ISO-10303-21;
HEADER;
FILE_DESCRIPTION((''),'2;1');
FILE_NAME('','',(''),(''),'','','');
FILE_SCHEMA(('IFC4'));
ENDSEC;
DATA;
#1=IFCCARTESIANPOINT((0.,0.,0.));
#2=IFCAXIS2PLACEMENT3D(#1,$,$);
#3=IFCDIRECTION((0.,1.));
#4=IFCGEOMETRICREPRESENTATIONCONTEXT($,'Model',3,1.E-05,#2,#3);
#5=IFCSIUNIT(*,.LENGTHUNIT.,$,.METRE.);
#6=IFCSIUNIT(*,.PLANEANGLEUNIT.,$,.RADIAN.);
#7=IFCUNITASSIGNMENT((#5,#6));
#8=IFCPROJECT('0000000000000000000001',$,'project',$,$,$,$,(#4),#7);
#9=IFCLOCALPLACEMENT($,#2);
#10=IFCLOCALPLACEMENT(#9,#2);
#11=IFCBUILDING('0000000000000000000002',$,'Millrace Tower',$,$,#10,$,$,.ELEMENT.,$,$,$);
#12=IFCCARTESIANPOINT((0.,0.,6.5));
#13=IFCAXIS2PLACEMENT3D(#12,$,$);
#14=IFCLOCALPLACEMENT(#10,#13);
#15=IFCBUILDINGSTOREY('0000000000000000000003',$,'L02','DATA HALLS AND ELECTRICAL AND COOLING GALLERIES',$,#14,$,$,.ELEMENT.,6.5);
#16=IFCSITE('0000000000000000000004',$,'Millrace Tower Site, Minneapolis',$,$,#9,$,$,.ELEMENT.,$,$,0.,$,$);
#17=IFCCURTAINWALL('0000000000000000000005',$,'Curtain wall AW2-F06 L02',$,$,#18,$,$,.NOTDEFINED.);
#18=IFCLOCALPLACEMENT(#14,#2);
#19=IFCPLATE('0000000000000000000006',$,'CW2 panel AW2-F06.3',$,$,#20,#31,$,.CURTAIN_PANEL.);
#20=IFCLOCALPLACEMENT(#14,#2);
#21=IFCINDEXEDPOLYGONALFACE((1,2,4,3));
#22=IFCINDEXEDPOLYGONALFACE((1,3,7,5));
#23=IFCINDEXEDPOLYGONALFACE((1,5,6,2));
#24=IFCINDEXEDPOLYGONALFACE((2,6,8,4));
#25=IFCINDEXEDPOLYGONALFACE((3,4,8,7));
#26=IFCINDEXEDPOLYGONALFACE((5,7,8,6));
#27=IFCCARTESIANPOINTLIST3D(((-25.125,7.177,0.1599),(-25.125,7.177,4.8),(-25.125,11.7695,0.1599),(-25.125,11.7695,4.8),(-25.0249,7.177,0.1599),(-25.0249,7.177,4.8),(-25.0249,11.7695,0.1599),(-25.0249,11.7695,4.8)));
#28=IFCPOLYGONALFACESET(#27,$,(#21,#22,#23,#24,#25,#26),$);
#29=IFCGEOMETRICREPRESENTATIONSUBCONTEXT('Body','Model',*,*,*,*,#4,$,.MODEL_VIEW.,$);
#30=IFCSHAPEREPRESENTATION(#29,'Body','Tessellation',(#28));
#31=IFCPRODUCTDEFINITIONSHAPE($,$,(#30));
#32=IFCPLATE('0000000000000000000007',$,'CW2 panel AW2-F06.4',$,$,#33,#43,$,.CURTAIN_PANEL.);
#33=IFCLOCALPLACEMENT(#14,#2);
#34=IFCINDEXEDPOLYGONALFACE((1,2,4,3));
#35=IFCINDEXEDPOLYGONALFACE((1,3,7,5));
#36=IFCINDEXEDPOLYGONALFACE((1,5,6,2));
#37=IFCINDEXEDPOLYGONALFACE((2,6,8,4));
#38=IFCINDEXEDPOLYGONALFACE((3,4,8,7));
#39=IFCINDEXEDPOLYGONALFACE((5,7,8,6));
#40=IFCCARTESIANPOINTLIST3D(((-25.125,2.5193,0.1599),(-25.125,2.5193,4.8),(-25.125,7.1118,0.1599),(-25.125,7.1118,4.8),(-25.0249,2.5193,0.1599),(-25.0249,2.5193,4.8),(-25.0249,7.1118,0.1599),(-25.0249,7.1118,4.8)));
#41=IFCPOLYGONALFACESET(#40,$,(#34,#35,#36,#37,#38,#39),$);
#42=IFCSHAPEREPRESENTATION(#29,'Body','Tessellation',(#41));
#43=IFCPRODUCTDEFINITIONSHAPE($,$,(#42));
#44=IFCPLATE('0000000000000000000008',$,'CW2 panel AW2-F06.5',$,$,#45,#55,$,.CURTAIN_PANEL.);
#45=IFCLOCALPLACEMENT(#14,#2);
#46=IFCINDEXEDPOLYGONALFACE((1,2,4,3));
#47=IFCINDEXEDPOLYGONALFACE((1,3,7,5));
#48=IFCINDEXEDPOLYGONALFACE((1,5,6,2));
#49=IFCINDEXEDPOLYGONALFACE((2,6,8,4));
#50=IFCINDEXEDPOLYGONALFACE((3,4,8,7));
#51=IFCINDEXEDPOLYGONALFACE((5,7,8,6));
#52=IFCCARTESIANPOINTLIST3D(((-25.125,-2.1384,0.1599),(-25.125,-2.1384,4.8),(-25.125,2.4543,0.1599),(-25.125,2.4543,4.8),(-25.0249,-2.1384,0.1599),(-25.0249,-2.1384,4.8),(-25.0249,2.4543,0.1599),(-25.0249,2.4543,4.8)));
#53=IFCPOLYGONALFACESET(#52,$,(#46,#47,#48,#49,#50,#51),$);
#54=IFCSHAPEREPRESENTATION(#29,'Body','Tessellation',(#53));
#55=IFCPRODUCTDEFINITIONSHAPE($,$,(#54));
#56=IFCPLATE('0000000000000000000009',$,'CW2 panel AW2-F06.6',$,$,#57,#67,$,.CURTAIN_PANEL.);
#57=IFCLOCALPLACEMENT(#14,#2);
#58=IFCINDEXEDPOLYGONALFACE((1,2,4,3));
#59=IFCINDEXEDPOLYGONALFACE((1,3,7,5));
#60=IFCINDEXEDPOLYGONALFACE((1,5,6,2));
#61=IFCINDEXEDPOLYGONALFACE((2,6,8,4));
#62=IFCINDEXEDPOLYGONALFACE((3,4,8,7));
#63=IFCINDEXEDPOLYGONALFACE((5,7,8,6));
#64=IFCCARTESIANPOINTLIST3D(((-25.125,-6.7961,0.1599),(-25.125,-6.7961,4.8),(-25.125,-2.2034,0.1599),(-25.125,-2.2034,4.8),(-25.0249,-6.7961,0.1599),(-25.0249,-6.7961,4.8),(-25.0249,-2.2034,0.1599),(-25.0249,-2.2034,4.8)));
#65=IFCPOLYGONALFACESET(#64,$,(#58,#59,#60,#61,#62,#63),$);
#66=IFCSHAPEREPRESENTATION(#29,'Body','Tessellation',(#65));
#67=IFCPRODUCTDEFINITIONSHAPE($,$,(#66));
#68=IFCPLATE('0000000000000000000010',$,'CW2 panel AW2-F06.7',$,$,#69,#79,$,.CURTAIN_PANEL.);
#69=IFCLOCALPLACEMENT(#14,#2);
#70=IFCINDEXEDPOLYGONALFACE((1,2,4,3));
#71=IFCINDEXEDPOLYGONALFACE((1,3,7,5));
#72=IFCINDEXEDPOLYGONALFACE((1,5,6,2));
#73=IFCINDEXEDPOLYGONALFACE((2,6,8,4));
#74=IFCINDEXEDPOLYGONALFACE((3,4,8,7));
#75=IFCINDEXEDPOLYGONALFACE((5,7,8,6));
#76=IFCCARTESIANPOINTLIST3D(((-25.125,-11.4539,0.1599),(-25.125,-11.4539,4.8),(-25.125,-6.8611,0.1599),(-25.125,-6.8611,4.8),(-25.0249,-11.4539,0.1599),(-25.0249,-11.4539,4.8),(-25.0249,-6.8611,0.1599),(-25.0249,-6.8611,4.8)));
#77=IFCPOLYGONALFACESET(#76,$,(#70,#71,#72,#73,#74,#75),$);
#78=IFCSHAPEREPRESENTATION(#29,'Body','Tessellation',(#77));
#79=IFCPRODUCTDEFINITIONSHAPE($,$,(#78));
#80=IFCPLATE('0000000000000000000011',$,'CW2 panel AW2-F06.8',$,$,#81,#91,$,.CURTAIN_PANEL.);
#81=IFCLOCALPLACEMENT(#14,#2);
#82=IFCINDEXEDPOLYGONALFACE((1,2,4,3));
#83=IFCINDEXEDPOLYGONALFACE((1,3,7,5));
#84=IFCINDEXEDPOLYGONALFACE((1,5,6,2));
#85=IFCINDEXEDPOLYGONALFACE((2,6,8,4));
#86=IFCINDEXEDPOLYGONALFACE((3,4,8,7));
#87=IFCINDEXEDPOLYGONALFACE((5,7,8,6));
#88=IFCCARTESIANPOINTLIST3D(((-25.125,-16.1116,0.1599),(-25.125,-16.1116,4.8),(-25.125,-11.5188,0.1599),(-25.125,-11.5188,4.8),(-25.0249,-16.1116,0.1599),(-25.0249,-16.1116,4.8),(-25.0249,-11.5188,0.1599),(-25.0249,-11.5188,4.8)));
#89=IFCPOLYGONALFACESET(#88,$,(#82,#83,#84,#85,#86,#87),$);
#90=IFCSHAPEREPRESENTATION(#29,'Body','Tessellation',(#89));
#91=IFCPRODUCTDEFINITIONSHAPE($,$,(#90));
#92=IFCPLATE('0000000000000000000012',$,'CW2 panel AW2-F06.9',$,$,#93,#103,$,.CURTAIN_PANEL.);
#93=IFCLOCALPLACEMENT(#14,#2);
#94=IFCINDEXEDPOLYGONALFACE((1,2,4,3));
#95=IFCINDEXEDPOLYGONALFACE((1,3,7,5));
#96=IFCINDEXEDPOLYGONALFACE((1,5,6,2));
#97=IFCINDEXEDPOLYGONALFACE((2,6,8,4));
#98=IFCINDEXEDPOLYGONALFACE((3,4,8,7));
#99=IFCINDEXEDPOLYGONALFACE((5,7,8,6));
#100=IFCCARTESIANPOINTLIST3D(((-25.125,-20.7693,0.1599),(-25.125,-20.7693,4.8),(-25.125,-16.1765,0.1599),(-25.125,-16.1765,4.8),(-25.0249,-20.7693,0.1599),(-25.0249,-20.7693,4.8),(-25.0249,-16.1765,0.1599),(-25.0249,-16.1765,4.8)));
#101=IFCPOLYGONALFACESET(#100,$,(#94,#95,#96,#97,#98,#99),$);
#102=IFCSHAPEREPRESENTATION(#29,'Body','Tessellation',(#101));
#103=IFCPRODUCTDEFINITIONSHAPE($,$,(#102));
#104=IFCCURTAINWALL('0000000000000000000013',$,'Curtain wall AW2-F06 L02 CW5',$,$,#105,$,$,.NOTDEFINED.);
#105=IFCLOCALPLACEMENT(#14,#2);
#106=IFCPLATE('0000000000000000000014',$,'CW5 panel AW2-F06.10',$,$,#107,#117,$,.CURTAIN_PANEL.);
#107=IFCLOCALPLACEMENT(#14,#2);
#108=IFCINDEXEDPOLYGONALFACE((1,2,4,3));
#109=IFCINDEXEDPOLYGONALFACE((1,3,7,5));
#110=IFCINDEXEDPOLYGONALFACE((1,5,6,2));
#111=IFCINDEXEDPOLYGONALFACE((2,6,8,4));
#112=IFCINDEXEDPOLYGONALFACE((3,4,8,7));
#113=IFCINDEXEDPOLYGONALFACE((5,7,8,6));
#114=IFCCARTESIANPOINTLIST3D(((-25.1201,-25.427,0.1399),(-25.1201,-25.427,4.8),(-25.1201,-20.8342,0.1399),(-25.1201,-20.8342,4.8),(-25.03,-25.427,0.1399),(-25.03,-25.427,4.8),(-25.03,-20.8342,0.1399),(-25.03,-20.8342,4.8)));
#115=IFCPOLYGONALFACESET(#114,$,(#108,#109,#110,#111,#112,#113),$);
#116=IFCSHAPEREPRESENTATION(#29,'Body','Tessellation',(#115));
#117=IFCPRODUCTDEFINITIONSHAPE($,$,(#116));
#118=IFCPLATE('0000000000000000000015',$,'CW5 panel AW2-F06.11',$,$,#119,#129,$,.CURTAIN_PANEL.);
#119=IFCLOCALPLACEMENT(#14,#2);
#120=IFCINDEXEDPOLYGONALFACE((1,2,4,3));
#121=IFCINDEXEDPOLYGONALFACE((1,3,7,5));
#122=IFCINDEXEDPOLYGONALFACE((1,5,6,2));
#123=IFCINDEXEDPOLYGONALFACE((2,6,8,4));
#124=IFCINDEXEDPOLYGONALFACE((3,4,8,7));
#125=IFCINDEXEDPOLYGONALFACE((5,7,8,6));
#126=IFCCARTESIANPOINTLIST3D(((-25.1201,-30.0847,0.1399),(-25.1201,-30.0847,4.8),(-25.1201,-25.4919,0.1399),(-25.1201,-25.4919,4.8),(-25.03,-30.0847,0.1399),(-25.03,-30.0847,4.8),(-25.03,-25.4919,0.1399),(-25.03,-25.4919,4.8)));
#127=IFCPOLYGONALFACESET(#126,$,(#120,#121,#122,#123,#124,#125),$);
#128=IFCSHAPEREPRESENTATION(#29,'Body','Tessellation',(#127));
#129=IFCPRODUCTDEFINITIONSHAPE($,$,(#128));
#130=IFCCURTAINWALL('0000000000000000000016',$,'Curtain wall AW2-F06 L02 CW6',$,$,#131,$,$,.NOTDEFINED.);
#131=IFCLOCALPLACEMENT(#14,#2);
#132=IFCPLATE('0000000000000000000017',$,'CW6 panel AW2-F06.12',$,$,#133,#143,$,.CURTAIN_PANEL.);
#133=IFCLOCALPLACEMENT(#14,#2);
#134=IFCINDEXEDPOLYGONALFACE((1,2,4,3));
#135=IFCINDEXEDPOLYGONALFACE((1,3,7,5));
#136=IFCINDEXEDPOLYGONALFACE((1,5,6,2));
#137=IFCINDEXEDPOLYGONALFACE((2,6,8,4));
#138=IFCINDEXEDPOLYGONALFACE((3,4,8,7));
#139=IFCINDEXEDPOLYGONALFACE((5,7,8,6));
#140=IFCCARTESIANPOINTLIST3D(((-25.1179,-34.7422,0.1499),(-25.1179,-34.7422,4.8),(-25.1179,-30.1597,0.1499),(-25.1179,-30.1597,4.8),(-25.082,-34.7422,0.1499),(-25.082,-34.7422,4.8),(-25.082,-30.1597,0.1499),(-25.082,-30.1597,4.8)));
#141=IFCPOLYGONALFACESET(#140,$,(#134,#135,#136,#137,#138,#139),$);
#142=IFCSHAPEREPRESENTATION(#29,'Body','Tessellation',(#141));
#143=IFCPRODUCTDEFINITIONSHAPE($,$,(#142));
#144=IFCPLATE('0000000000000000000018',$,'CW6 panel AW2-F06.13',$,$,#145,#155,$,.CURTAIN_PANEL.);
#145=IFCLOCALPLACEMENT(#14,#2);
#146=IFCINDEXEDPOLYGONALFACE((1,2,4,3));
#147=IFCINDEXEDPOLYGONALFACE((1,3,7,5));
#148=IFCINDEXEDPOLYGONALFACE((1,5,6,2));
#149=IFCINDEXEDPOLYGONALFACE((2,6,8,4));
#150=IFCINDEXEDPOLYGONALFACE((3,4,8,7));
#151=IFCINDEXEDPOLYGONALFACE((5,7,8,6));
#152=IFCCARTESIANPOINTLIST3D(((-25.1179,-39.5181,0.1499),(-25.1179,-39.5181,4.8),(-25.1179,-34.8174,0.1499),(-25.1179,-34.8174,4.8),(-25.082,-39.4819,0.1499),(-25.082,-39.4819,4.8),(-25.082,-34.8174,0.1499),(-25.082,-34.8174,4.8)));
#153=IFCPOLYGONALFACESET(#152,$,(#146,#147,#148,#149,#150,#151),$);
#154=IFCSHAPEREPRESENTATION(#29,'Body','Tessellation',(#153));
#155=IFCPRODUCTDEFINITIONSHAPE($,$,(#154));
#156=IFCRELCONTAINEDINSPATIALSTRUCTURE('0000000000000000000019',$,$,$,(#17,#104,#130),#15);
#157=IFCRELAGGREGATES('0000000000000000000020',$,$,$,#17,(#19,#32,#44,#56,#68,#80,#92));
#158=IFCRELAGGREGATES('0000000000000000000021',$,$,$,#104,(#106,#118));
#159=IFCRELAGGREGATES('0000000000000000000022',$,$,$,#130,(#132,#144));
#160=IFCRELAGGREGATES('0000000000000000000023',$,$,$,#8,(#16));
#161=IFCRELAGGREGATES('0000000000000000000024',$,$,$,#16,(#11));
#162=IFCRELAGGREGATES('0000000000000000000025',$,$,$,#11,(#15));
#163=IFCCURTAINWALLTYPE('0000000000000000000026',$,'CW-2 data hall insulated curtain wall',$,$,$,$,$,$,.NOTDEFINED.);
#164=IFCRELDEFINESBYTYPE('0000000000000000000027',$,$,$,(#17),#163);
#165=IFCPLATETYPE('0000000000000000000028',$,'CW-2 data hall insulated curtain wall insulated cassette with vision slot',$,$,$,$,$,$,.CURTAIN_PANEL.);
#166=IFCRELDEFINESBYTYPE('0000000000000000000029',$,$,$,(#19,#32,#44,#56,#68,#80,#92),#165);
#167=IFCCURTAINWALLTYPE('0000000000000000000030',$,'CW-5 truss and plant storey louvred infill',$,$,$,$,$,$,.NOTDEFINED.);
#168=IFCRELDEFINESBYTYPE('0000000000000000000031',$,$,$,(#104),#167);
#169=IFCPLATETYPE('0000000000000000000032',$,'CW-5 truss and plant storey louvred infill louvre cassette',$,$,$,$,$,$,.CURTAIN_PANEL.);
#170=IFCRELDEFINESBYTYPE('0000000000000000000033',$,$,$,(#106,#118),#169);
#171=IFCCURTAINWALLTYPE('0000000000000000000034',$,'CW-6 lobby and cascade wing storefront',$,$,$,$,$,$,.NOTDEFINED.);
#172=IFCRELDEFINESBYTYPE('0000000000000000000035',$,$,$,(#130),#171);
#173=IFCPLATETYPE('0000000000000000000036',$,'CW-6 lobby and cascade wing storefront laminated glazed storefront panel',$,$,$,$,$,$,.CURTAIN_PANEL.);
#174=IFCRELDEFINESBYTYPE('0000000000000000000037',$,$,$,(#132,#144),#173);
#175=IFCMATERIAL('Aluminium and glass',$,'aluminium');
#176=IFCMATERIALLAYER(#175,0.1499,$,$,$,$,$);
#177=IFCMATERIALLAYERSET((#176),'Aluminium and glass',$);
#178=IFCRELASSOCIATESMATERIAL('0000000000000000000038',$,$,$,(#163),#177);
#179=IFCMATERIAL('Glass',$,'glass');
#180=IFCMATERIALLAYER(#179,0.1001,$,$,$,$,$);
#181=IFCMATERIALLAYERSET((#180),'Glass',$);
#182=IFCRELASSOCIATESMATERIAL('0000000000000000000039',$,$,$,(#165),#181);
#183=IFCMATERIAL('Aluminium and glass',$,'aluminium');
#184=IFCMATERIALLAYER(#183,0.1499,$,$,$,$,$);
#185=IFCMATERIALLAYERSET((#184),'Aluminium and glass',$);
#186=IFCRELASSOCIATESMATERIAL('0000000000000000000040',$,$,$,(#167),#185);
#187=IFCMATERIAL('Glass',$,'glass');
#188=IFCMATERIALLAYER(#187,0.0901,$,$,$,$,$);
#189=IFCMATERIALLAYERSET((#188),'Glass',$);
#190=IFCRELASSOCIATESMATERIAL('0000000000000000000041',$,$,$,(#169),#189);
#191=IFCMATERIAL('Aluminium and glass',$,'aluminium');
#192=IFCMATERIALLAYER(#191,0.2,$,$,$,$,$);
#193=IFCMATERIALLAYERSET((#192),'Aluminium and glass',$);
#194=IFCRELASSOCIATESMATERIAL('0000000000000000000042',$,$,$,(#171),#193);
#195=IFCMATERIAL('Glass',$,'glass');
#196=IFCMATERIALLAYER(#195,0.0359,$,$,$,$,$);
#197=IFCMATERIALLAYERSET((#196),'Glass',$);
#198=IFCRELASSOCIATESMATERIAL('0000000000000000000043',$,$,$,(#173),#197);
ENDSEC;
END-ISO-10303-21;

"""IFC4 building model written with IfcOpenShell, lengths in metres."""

from ifc_helpers import new_model, si_unit, direction, frame, origin, place, context, subcontext, project, spatial, polyline, outline, extrude, material, layer, layer_set, type_object, element, aggregate, save


model = new_model("IFC4")

# Units and contexts
model_context = context("Model", 3, precision=1e-05, world=origin(), true_north=direction((0.0, 1.0)))
body_context = subcontext(model_context, "Body", "Model", "MODEL_VIEW")
ifc_project = project(units=[si_unit("LENGTHUNIT", "METRE"), si_unit("PLANEANGLEUNIT", "RADIAN")], contexts=[model_context])

# Site, building, storey
site_placement = place(None, origin())
site = spatial("IfcSite", under=ifc_project, at=site_placement, Name="Millrace Tower Site, Minneapolis", CompositionType="ELEMENT", RefElevation=0.0)
building_placement = place(site_placement, origin())
building = spatial("IfcBuilding", under=site, at=building_placement, Name="Millrace Tower", CompositionType="ELEMENT")
storey_placement = place(building_placement, frame((0.0, 0.0, 6.5)))
storey = spatial("IfcBuildingStorey", under=building, at=storey_placement, Name="L02", Description="DATA HALLS AND ELECTRICAL AND COOLING GALLERIES", CompositionType="ELEMENT", Elevation=6.5)

# Curtain walls, plates
ifc_material_1 = material(Name="Aluminium and glass", Category="aluminium")
ifc_layer_1 = layer(ifc_material_1, 0.1499)
ifc_layer_set_1 = layer_set([ifc_layer_1], Name="Aluminium and glass")
curtain_wall_type_1 = type_object("IfcCurtainWallType", Name="CW-2 data hall insulated curtain wall", PredefinedType="NOTDEFINED", material=ifc_layer_set_1)
placement_1 = place(storey_placement, origin())
curtain_wall_1 = element("IfcCurtainWall", 1, at=placement_1, inside=storey, type_object=curtain_wall_type_1, Name="Curtain wall AW2-F06 L02", PredefinedType="NOTDEFINED")
ifc_material_2 = material(Name="Glass", Category="glass")
ifc_layer_2 = layer(ifc_material_2, 0.1001)
ifc_layer_set_2 = layer_set([ifc_layer_2], Name="Glass")
plate_type_1 = type_object("IfcPlateType", Name="CW-2 data hall insulated curtain wall insulated cassette with vision slot", PredefinedType="CURTAIN_PANEL", material=ifc_layer_set_2)
placement_2 = place(storey_placement, frame((0.0, 0.0, 0.1599)))
plate_1 = element("IfcPlate", 2, at=placement_2, type_object=plate_type_1, Name="CW2 panel AW2-F06.3", PredefinedType="CURTAIN_PANEL", context=body_context, shape_type="SweptSolid", body=[
    extrude(outline(polyline([(-25.125, 11.7695), (-25.125, 7.177), (-25.0249, 7.177), (-25.0249, 11.7695), (-25.125, 11.7695)])), origin(), (0.0, 0.0, 1.0), 4.6401),
])
plate_2 = element("IfcPlate", 3, at=placement_2, type_object=plate_type_1, Name="CW2 panel AW2-F06.4", PredefinedType="CURTAIN_PANEL", context=body_context, shape_type="SweptSolid", body=[
    extrude(outline(polyline([(-25.125, 7.1118), (-25.125, 2.5193), (-25.0249, 2.5193), (-25.0249, 7.1118), (-25.125, 7.1118)])), origin(), (0.0, 0.0, 1.0), 4.6401),
])
plate_3 = element("IfcPlate", 4, at=placement_2, type_object=plate_type_1, Name="CW2 panel AW2-F06.5", PredefinedType="CURTAIN_PANEL", context=body_context, shape_type="SweptSolid", body=[
    extrude(outline(polyline([(-25.125, 2.4543), (-25.125, -2.1384), (-25.0249, -2.1384), (-25.0249, 2.4543), (-25.125, 2.4543)])), origin(), (0.0, 0.0, 1.0), 4.6401),
])
plate_4 = element("IfcPlate", 5, at=placement_2, type_object=plate_type_1, Name="CW2 panel AW2-F06.6", PredefinedType="CURTAIN_PANEL", context=body_context, shape_type="SweptSolid", body=[
    extrude(outline(polyline([(-25.125, -2.2034), (-25.125, -6.7961), (-25.0249, -6.7961), (-25.0249, -2.2034), (-25.125, -2.2034)])), origin(), (0.0, 0.0, 1.0), 4.6401),
])
plate_5 = element("IfcPlate", 6, at=placement_2, type_object=plate_type_1, Name="CW2 panel AW2-F06.7", PredefinedType="CURTAIN_PANEL", context=body_context, shape_type="SweptSolid", body=[
    extrude(outline(polyline([(-25.125, -6.8611), (-25.125, -11.4539), (-25.0249, -11.4539), (-25.0249, -6.8611), (-25.125, -6.8611)])), origin(), (0.0, 0.0, 1.0), 4.6401),
])
plate_6 = element("IfcPlate", 7, at=placement_2, type_object=plate_type_1, Name="CW2 panel AW2-F06.8", PredefinedType="CURTAIN_PANEL", context=body_context, shape_type="SweptSolid", body=[
    extrude(outline(polyline([(-25.125, -11.5188), (-25.125, -16.1116), (-25.0249, -16.1116), (-25.0249, -11.5188), (-25.125, -11.5188)])), origin(), (0.0, 0.0, 1.0), 4.6401),
])
plate_7 = element("IfcPlate", 8, at=placement_2, type_object=plate_type_1, Name="CW2 panel AW2-F06.9", PredefinedType="CURTAIN_PANEL", context=body_context, shape_type="SweptSolid", body=[
    extrude(outline(polyline([(-25.125, -16.1765), (-25.125, -20.7693), (-25.0249, -20.7693), (-25.0249, -16.1765), (-25.125, -16.1765)])), origin(), (0.0, 0.0, 1.0), 4.6401),
])
aggregate(curtain_wall_1, [plate_1, plate_2, plate_3, plate_4, plate_5, plate_6, plate_7])
ifc_material_3 = material(Name="Aluminium and glass", Category="aluminium")
ifc_layer_3 = layer(ifc_material_3, 0.1499)
ifc_layer_set_3 = layer_set([ifc_layer_3], Name="Aluminium and glass")
curtain_wall_type_2 = type_object("IfcCurtainWallType", Name="CW-5 truss and plant storey louvred infill", PredefinedType="NOTDEFINED", material=ifc_layer_set_3)
curtain_wall_2 = element("IfcCurtainWall", 9, at=placement_1, inside=storey, type_object=curtain_wall_type_2, Name="Curtain wall AW2-F06 L02 CW5", PredefinedType="NOTDEFINED")
ifc_material_4 = material(Name="Glass", Category="glass")
ifc_layer_4 = layer(ifc_material_4, 0.0901)
ifc_layer_set_4 = layer_set([ifc_layer_4], Name="Glass")
plate_type_2 = type_object("IfcPlateType", Name="CW-5 truss and plant storey louvred infill louvre cassette", PredefinedType="CURTAIN_PANEL", material=ifc_layer_set_4)
placement_3 = place(storey_placement, frame((0.0, 0.0, 0.1399)))
plate_8 = element("IfcPlate", 10, at=placement_3, type_object=plate_type_2, Name="CW5 panel AW2-F06.10", PredefinedType="CURTAIN_PANEL", context=body_context, shape_type="SweptSolid", body=[
    extrude(outline(polyline([(-25.1201, -20.8342), (-25.1201, -25.427), (-25.03, -25.427), (-25.03, -20.8342), (-25.1201, -20.8342)])), origin(), (0.0, 0.0, 1.0), 4.6602),
])
plate_9 = element("IfcPlate", 11, at=placement_3, type_object=plate_type_2, Name="CW5 panel AW2-F06.11", PredefinedType="CURTAIN_PANEL", context=body_context, shape_type="SweptSolid", body=[
    extrude(outline(polyline([(-25.1201, -25.4919), (-25.1201, -30.0847), (-25.03, -30.0847), (-25.03, -25.4919), (-25.1201, -25.4919)])), origin(), (0.0, 0.0, 1.0), 4.6602),
])
aggregate(curtain_wall_2, [plate_8, plate_9])
ifc_material_5 = material(Name="Aluminium and glass", Category="aluminium")
ifc_layer_5 = layer(ifc_material_5, 0.2)
ifc_layer_set_5 = layer_set([ifc_layer_5], Name="Aluminium and glass")
curtain_wall_type_3 = type_object("IfcCurtainWallType", Name="CW-6 lobby and cascade wing storefront", PredefinedType="NOTDEFINED", material=ifc_layer_set_5)
curtain_wall_3 = element("IfcCurtainWall", 12, at=placement_1, inside=storey, type_object=curtain_wall_type_3, Name="Curtain wall AW2-F06 L02 CW6", PredefinedType="NOTDEFINED")
ifc_material_6 = material(Name="Glass", Category="glass")
ifc_layer_6 = layer(ifc_material_6, 0.0359)
ifc_layer_set_6 = layer_set([ifc_layer_6], Name="Glass")
plate_type_3 = type_object("IfcPlateType", Name="CW-6 lobby and cascade wing storefront laminated glazed storefront panel", PredefinedType="CURTAIN_PANEL", material=ifc_layer_set_6)
placement_4 = place(storey_placement, frame((0.0, 0.0, 0.1499)))
plate_10 = element("IfcPlate", 13, at=placement_4, type_object=plate_type_3, Name="CW6 panel AW2-F06.12", PredefinedType="CURTAIN_PANEL", context=body_context, shape_type="SweptSolid", body=[
    extrude(outline(polyline([(-25.1179, -30.1597), (-25.1179, -34.7422), (-25.082, -34.7422), (-25.082, -30.1597), (-25.1179, -30.1597)])), origin(), (0.0, 0.0, 1.0), 4.6501),
])
plate_11 = element("IfcPlate", 14, at=placement_4, type_object=plate_type_3, Name="CW6 panel AW2-F06.13", PredefinedType="CURTAIN_PANEL", context=body_context, shape_type="SweptSolid", body=[
    extrude(outline(polyline([(-25.1179, -34.8174), (-25.1179, -39.5181), (-25.082, -39.4819), (-25.082, -34.8174), (-25.1179, -34.8174)])), origin(), (0.0, 0.0, 1.0), 4.6501),
])
aggregate(curtain_wall_3, [plate_10, plate_11])

save(model, "model.ifc")
